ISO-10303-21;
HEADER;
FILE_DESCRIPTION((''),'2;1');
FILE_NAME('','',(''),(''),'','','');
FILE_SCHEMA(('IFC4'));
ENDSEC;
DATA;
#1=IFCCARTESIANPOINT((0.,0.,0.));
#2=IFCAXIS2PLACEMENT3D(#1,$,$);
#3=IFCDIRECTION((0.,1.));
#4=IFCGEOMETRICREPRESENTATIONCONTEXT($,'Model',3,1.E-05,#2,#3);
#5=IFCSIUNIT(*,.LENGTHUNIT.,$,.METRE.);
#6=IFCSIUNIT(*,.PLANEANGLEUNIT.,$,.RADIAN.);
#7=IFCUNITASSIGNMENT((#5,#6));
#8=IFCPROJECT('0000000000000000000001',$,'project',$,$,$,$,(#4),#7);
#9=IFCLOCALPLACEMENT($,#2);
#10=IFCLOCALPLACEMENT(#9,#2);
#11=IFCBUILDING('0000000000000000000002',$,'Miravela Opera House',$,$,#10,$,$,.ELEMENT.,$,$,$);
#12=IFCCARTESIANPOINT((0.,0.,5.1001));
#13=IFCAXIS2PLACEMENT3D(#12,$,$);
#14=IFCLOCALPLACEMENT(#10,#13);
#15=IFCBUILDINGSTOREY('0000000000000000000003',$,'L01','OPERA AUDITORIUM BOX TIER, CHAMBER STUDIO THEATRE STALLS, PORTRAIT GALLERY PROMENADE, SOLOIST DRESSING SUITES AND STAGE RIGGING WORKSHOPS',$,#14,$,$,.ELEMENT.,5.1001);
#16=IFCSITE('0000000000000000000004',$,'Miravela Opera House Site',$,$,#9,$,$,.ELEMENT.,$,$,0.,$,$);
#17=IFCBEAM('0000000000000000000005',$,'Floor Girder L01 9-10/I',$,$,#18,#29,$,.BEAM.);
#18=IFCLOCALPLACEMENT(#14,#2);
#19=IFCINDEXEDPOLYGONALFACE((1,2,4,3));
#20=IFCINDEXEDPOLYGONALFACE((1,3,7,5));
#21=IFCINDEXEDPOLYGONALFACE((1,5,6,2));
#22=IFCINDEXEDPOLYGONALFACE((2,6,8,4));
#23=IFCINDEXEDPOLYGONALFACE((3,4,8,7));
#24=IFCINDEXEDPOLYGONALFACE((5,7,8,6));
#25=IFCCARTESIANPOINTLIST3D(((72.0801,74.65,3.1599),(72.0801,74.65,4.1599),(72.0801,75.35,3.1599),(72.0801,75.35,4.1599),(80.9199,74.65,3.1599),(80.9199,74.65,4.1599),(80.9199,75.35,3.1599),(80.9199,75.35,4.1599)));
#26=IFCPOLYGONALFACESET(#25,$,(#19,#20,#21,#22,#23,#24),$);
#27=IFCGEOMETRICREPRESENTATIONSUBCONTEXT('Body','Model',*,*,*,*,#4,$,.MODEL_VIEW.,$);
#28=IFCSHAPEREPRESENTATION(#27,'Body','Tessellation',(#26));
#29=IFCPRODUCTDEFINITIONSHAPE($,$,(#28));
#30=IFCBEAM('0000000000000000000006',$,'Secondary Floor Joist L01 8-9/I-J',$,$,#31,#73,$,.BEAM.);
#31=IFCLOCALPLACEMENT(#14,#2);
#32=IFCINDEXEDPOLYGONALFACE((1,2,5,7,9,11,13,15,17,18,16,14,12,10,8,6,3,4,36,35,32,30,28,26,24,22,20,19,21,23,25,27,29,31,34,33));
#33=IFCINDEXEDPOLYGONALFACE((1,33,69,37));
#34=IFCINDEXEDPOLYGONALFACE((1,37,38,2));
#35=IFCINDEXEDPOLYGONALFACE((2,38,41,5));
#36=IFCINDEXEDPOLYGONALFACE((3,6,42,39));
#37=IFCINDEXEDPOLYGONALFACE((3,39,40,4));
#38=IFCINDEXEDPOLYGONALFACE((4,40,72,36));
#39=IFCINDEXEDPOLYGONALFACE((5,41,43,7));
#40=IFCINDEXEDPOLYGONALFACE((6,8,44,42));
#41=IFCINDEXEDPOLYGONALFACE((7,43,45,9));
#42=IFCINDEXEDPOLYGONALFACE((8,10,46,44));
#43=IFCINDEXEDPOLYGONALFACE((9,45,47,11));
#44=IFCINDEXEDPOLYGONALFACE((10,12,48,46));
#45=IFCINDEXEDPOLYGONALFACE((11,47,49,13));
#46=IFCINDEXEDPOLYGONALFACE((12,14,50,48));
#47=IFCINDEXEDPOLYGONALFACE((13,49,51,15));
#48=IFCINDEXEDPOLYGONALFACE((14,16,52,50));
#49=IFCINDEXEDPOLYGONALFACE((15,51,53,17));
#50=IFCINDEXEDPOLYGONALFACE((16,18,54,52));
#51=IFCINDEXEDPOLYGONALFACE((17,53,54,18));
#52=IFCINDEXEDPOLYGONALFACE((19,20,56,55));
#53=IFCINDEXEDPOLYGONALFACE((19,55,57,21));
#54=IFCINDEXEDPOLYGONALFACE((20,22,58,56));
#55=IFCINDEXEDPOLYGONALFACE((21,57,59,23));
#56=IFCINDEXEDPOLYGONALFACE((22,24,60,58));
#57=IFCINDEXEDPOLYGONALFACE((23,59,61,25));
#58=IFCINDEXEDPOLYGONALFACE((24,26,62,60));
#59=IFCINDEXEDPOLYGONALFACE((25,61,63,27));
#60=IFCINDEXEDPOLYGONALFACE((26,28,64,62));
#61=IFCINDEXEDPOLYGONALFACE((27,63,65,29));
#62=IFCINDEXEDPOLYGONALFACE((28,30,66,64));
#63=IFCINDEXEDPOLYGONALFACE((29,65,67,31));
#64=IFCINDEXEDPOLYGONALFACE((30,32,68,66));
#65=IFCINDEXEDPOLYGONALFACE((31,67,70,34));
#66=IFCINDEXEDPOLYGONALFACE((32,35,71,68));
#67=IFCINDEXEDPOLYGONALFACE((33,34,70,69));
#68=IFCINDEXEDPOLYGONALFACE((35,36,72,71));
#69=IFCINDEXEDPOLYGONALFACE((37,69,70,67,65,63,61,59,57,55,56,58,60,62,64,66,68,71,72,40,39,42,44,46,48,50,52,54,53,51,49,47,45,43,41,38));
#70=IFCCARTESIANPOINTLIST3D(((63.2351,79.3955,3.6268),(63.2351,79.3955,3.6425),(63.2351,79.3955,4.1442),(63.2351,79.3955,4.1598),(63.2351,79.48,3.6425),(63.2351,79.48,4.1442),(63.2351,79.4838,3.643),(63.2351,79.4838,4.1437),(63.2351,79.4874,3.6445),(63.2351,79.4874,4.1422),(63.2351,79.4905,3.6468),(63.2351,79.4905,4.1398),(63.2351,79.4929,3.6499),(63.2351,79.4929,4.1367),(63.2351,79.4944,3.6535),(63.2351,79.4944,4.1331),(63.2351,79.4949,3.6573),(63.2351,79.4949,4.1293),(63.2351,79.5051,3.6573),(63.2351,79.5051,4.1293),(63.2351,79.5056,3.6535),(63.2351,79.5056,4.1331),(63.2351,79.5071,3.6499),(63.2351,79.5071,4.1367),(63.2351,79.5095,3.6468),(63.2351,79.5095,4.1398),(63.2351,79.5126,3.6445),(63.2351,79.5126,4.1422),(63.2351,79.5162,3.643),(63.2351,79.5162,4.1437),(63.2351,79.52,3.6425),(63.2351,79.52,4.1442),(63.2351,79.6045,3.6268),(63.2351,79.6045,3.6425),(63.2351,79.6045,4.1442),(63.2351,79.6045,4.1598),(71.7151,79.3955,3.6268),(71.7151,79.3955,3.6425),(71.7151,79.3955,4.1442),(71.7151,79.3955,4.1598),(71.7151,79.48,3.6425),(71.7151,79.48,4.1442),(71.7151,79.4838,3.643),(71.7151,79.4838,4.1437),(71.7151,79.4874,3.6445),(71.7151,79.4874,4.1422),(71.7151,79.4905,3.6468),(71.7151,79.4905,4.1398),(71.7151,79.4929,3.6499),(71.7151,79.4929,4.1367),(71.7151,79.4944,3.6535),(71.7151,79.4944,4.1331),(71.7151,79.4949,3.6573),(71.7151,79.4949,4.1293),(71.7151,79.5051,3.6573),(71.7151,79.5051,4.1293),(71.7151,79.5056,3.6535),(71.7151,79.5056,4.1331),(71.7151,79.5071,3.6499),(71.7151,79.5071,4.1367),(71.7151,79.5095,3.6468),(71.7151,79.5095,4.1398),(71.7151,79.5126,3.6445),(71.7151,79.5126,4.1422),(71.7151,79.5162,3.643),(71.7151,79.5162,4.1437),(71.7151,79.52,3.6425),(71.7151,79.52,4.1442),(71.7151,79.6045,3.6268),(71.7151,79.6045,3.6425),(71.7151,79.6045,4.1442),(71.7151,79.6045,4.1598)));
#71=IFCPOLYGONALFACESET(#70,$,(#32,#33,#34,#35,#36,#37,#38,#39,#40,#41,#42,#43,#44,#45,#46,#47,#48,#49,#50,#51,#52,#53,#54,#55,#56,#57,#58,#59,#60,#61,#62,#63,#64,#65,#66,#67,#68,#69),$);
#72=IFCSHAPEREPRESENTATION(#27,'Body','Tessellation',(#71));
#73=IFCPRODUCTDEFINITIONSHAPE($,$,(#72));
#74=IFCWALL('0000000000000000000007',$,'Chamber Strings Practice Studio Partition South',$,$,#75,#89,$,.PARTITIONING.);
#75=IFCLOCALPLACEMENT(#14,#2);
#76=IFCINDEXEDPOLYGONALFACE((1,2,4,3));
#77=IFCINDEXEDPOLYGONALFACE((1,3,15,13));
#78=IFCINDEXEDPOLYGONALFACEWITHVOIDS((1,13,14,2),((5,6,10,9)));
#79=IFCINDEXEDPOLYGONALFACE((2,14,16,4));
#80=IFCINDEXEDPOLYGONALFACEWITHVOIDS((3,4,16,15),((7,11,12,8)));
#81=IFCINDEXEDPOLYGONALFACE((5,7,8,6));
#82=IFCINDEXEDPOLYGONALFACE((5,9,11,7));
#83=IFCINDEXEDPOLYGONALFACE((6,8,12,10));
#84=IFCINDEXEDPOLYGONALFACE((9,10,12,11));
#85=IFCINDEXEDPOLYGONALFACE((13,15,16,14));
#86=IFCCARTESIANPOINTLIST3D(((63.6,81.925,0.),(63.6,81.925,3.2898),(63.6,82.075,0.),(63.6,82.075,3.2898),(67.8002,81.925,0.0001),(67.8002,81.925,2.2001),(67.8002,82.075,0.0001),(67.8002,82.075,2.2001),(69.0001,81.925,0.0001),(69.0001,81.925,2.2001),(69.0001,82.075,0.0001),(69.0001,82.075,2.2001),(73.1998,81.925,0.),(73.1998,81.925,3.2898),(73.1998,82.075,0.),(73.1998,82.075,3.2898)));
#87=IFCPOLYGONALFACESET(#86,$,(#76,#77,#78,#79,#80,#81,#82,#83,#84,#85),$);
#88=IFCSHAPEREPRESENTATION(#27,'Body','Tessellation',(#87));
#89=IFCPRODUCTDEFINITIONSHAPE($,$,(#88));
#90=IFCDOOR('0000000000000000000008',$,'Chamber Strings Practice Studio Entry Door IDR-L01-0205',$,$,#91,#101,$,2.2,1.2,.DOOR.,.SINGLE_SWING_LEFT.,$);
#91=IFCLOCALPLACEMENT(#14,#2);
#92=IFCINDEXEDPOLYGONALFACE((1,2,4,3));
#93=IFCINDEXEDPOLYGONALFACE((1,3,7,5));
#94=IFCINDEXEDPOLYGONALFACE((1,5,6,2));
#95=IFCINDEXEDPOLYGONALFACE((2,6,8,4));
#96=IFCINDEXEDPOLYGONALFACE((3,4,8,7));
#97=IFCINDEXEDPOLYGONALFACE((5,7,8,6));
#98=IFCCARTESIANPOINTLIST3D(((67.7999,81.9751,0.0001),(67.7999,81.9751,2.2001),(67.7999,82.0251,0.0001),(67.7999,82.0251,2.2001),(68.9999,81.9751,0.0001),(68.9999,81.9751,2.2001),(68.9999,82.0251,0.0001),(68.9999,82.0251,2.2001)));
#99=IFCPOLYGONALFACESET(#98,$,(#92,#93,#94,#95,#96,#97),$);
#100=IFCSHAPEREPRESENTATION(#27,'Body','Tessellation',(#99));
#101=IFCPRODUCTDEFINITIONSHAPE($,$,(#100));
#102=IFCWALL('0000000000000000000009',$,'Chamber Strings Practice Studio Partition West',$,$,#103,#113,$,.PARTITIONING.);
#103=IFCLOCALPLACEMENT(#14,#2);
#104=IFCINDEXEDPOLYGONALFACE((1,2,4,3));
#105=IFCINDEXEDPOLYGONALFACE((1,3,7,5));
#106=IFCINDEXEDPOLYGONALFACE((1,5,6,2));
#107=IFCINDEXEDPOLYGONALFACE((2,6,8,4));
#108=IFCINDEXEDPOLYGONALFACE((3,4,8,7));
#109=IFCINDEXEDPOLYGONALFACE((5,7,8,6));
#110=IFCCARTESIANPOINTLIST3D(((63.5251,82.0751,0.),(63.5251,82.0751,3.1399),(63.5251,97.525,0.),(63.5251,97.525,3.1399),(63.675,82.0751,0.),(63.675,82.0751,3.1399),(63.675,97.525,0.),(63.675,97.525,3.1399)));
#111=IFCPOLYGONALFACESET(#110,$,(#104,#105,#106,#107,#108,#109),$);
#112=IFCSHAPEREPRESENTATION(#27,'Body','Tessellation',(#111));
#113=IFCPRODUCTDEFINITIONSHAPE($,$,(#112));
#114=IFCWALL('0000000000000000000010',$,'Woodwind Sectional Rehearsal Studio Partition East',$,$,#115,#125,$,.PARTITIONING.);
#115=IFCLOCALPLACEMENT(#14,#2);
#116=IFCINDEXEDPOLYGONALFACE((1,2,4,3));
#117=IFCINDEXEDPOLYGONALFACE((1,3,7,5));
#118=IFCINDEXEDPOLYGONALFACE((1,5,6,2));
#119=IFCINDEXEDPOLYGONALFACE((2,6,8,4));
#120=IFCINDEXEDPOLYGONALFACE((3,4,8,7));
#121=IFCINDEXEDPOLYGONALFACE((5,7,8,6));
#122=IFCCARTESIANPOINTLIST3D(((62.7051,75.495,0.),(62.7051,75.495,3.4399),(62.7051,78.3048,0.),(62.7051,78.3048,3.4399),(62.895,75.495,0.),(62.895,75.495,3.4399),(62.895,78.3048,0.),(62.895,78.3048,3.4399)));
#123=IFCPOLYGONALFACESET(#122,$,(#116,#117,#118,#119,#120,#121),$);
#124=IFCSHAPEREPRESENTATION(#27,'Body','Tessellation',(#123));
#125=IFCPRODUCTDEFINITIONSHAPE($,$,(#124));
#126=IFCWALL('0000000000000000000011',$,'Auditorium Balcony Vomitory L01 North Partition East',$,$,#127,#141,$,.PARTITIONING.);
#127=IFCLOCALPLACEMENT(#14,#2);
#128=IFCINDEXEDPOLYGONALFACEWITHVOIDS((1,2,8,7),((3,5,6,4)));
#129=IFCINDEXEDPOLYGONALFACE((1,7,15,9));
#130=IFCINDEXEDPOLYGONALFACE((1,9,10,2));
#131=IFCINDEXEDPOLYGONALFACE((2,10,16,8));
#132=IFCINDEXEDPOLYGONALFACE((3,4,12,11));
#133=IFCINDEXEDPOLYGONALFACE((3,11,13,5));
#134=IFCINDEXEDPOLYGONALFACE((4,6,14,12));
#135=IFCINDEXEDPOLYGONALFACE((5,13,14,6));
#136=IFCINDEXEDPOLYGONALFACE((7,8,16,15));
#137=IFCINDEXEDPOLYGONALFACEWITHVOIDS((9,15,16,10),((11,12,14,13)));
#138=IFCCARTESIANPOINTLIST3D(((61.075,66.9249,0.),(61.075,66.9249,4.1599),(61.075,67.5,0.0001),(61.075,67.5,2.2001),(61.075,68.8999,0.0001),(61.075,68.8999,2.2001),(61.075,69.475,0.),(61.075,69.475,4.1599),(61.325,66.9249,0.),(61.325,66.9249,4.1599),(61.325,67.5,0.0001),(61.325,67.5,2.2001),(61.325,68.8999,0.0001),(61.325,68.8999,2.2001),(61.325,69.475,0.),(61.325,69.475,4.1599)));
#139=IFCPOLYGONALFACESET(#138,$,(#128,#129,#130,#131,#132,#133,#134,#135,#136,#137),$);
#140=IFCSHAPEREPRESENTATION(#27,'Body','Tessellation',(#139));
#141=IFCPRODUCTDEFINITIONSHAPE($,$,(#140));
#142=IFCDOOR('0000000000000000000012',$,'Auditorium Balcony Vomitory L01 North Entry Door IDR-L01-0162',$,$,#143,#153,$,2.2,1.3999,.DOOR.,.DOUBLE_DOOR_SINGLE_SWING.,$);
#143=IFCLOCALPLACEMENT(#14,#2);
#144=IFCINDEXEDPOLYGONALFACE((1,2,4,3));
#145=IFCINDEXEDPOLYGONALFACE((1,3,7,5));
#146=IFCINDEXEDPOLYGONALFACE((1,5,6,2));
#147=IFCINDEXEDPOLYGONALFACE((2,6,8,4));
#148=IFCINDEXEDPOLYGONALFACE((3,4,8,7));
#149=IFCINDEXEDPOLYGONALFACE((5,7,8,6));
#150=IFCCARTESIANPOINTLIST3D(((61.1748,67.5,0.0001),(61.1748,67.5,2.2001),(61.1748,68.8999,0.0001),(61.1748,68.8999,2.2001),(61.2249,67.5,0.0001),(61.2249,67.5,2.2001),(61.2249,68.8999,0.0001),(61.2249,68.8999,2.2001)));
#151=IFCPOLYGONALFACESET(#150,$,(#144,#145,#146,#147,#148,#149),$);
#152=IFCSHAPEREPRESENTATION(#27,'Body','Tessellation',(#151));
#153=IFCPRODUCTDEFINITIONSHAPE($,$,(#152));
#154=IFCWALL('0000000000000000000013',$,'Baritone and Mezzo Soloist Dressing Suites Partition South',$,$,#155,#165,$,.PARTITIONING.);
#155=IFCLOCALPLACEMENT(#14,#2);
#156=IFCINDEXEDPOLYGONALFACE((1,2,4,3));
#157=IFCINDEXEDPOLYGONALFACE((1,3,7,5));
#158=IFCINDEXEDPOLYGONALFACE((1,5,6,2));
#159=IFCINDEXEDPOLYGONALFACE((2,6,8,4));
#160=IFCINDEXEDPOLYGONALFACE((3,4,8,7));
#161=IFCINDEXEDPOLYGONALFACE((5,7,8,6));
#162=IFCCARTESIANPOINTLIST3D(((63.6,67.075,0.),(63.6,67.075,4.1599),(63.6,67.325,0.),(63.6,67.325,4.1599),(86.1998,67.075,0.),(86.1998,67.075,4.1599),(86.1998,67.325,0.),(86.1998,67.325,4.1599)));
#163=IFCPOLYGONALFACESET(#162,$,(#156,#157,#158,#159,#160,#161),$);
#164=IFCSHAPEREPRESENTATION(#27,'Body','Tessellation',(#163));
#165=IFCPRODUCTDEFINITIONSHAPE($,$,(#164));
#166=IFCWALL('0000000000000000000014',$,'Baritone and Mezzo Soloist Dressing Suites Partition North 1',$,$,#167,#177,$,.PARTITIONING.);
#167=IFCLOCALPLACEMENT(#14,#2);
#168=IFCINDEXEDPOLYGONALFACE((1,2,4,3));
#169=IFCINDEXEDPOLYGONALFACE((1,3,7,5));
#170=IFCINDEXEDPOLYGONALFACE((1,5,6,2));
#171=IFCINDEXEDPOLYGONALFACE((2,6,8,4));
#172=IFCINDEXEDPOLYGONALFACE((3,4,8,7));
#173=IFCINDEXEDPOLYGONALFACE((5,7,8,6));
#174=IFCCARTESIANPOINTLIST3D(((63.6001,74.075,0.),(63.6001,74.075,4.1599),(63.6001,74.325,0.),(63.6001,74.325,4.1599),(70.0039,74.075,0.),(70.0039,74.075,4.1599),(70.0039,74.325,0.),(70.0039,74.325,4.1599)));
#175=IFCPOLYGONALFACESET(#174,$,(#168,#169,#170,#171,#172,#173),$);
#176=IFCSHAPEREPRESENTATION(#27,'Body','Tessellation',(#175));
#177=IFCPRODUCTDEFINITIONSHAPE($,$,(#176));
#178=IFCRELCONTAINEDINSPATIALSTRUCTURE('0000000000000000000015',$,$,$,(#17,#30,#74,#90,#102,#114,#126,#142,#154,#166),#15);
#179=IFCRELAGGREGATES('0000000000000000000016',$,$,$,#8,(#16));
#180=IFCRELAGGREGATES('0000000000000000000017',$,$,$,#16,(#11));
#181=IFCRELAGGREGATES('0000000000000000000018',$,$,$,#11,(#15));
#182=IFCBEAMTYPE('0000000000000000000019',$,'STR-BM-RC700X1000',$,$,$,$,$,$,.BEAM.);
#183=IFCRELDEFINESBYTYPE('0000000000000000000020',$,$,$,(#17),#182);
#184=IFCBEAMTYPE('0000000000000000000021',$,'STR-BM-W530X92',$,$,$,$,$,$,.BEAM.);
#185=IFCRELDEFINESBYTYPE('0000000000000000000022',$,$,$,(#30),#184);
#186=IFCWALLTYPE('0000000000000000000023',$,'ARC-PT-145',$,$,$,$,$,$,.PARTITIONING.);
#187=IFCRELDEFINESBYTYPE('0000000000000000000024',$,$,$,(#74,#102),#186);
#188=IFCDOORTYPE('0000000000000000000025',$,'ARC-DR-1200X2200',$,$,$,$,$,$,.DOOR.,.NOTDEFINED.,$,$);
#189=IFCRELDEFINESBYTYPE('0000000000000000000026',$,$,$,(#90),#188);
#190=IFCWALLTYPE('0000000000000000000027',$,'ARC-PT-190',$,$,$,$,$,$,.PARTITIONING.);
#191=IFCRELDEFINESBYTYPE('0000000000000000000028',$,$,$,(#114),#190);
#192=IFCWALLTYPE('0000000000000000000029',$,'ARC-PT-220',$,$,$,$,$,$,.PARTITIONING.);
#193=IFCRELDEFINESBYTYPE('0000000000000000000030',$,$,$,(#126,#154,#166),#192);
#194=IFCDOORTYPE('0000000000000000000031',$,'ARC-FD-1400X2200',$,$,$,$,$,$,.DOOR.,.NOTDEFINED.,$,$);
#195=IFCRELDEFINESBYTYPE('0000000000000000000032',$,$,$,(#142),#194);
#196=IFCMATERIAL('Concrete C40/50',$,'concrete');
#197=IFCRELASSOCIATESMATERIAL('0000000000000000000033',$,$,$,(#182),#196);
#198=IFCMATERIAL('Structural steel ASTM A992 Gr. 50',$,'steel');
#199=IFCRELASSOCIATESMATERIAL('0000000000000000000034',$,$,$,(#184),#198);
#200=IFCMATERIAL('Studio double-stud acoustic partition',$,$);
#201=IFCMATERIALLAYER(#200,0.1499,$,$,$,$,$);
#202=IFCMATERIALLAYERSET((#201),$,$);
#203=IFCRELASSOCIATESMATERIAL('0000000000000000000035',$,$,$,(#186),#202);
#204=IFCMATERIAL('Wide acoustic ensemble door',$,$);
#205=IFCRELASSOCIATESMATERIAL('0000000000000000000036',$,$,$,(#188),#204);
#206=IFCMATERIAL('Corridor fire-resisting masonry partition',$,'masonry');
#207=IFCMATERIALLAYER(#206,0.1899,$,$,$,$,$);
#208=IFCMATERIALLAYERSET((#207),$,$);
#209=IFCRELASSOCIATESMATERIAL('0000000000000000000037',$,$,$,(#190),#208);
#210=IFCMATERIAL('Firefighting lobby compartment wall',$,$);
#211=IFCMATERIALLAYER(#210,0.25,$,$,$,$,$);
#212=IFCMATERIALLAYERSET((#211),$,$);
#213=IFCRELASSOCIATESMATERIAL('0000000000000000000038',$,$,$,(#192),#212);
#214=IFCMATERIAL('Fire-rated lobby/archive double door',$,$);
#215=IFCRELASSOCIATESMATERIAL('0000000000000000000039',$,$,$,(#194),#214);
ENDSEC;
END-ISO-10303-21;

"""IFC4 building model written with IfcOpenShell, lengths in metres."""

from ifc_helpers import new_model, si_unit, direction, frame, frame_2d, origin, origin_2d, place, context, subcontext, project, spatial, rectangle, i_section, extrude, material, layer, layer_set, material_profile, profile_set, type_object, element, fill, save


model = new_model("IFC4")

# Units and contexts
model_context = context("Model", 3, precision=1e-05, world=origin(), true_north=direction((0.0, 1.0)))
body_context = subcontext(model_context, "Body", "Model", "MODEL_VIEW")
ifc_project = project(units=[si_unit("LENGTHUNIT", "METRE"), si_unit("PLANEANGLEUNIT", "RADIAN")], contexts=[model_context])

# Site, building, storey
site_placement = place(None, origin())
site = spatial("IfcSite", under=ifc_project, at=site_placement, Name="Miravela Opera House Site", CompositionType="ELEMENT", RefElevation=0.0)
building_placement = place(site_placement, origin())
building = spatial("IfcBuilding", under=site, at=building_placement, Name="Miravela Opera House", CompositionType="ELEMENT")
storey_placement = place(building_placement, frame((0.0, 0.0, 5.1001)))
storey = spatial("IfcBuildingStorey", under=building, at=storey_placement, Name="L01", Description="OPERA AUDITORIUM BOX TIER, CHAMBER STUDIO THEATRE STALLS, PORTRAIT GALLERY PROMENADE, SOLOIST DRESSING SUITES AND STAGE RIGGING WORKSHOPS", CompositionType="ELEMENT", Elevation=5.1001)

# Shared definitions
ifc_material_1 = material(Name="Concrete C40/50", Category="concrete")

# Beams
ifc_material_profile_1 = material_profile(ifc_material_1, rectangle(XDim=0.7, YDim=1.0, at=origin_2d()), Name="RC-BM-700X1000")
ifc_profile_set_1 = profile_set([ifc_material_profile_1])
beam_type_1 = type_object("IfcBeamType", Name="STR-BM-RC700X1000", PredefinedType="BEAM", material=ifc_profile_set_1)
beam_1_placement = place(storey_placement, frame((72.0801, 75.0, 3.6599), z_axis=(1.0, 0.0, 0.0), x_axis=(0.0, 1.0, 0.0)))
element("IfcBeam", 1, at=beam_1_placement, inside=storey, type_object=beam_type_1, Name="Floor Girder L01 9-10/I", PredefinedType="BEAM", context=body_context, shape_type="SweptSolid", body=[
    extrude(rectangle(XDim=0.7, YDim=1.0, at=origin_2d()), origin(), (0.0, 0.0, 1.0), 8.8398),
])
ifc_material_2 = material(Name="Structural steel ASTM A992 Gr. 50", Category="steel")
ifc_material_profile_2 = material_profile(ifc_material_2, i_section(OverallWidth=0.209, OverallDepth=0.533, WebThickness=0.0103, FlangeThickness=0.0156, FilletRadius=0.0149, at=origin_2d()), Name="W530X92")
ifc_profile_set_2 = profile_set([ifc_material_profile_2])
beam_type_2 = type_object("IfcBeamType", Name="STR-BM-W530X92", PredefinedType="BEAM", material=ifc_profile_set_2)
beam_2_placement = place(storey_placement, frame((63.2351, 79.5, 3.8933), z_axis=(1.0, 0.0, 0.0), x_axis=(0.0, 1.0, 0.0)))
element("IfcBeam", 2, at=beam_2_placement, inside=storey, type_object=beam_type_2, Name="Secondary Floor Joist L01 8-9/I-J", PredefinedType="BEAM", context=body_context, shape_type="SweptSolid", body=[
    extrude(i_section(OverallWidth=0.209, OverallDepth=0.533, WebThickness=0.0103, FlangeThickness=0.0156, FilletRadius=0.0149, at=origin_2d()), origin(), (0.0, 0.0, 1.0), 8.48),
])

# Wall, opening, door
ifc_material_3 = material(Name="Studio double-stud acoustic partition")
ifc_layer_1 = layer(ifc_material_3, 0.1499)
ifc_layer_set_1 = layer_set([ifc_layer_1])
wall_type_1 = type_object("IfcWallType", Name="ARC-PT-145", PredefinedType="PARTITIONING", material=ifc_layer_set_1)
wall_1_placement = place(storey_placement, frame((63.6001, 82.0, 0.0), z_axis=(0.0, 0.0, 1.0), x_axis=(1.0, 0.0, 0.0)))
wall_1 = element("IfcWall", 3, at=wall_1_placement, inside=storey, type_object=wall_type_1, Name="Chamber Strings Practice Studio Partition South", PredefinedType="PARTITIONING", context=body_context, shape_type="SweptSolid", body=[
    extrude(rectangle(XDim=9.5999, YDim=0.1499, at=frame_2d((4.7998, 0.0))), origin(), (0.0, 0.0, 1.0), 3.2898),
])
opening_1_placement = place(wall_1_placement, frame((4.2, 0.0, 0.0)))
opening_1 = element("IfcOpeningElement", 4, at=opening_1_placement, cuts=wall_1, PredefinedType="OPENING", context=body_context, shape_type="SweptSolid", body=[
    extrude(rectangle(XDim=1.2, YDim=2.2, at=frame_2d((0.6001, 1.1001))), frame((0.0, 0.085, 0.0), z_axis=(0.0, -1.0, 0.0), x_axis=(1.0, 0.0, 0.0)), (0.0, 0.0, 1.0), 0.1699),
])
ifc_material_4 = material(Name="Wide acoustic ensemble door")
door_type_1 = type_object("IfcDoorType", Name="ARC-DR-1200X2200", OperationType="NOTDEFINED", PredefinedType="DOOR", material=ifc_material_4)
door_1_placement = place(opening_1_placement, frame((1.2, 0.0, 0.0), z_axis=(0.0, 0.0, 1.0), x_axis=(-1.0, 0.0, 0.0)))
door_1 = element("IfcDoor", 5, at=door_1_placement, inside=storey, type_object=door_type_1, Name="Chamber Strings Practice Studio Entry Door IDR-L01-0205", OperationType="SINGLE_SWING_LEFT", OverallHeight=2.2, OverallWidth=1.2, PredefinedType="DOOR", context=body_context, shape_type="SweptSolid", body=[
    extrude(rectangle(XDim=1.2, YDim=2.2, at=frame_2d((0.6001, 1.1001))), frame((0.0, 0.0249, 0.0), z_axis=(0.0, -1.0, 0.0), x_axis=(1.0, 0.0, 0.0)), (0.0, 0.0, 1.0), 0.05),
])
fill(opening_1, door_1)

# Walls
wall_2_placement = place(storey_placement, frame((63.6001, 82.075, 0.0), z_axis=(0.0, 0.0, 1.0), x_axis=(0.0, 1.0, 0.0)))
element("IfcWall", 6, at=wall_2_placement, inside=storey, type_object=wall_type_1, Name="Chamber Strings Practice Studio Partition West", PredefinedType="PARTITIONING", context=body_context, shape_type="SweptSolid", body=[
    extrude(rectangle(XDim=15.45, YDim=0.1499, at=frame_2d((7.7251, 0.0))), origin(), (0.0, 0.0, 1.0), 3.1399),
])
ifc_material_5 = material(Name="Corridor fire-resisting masonry partition", Category="masonry")
ifc_layer_2 = layer(ifc_material_5, 0.1899)
ifc_layer_set_2 = layer_set([ifc_layer_2])
wall_type_2 = type_object("IfcWallType", Name="ARC-PT-190", PredefinedType="PARTITIONING", material=ifc_layer_set_2)
wall_3_placement = place(storey_placement, frame((62.8, 75.4951, 0.0), z_axis=(0.0, 0.0, 1.0), x_axis=(0.0, 1.0, 0.0)))
element("IfcWall", 7, at=wall_3_placement, inside=storey, type_object=wall_type_2, Name="Woodwind Sectional Rehearsal Studio Partition East", PredefinedType="PARTITIONING", context=body_context, shape_type="SweptSolid", body=[
    extrude(rectangle(XDim=2.8098, YDim=0.1899, at=frame_2d((1.4048, 0.0))), origin(), (0.0, 0.0, 1.0), 3.4399),
])

# Wall, opening, door
ifc_material_6 = material(Name="Firefighting lobby compartment wall")
ifc_layer_3 = layer(ifc_material_6, 0.25)
ifc_layer_set_3 = layer_set([ifc_layer_3])
wall_type_3 = type_object("IfcWallType", Name="ARC-PT-220", PredefinedType="PARTITIONING", material=ifc_layer_set_3)
wall_4_placement = place(storey_placement, frame((61.2, 66.925, 0.0), z_axis=(0.0, 0.0, 1.0), x_axis=(0.0, 1.0, 0.0)))
wall_4 = element("IfcWall", 8, at=wall_4_placement, inside=storey, type_object=wall_type_3, Name="Auditorium Balcony Vomitory L01 North Partition East", PredefinedType="PARTITIONING", context=body_context, shape_type="SweptSolid", body=[
    extrude(rectangle(XDim=2.55, YDim=0.25, at=frame_2d((1.2749, 0.0))), origin(), (0.0, 0.0, 1.0), 4.1599),
])
opening_2_placement = place(wall_4_placement, frame((0.575, 0.0, 0.0)))
opening_2 = element("IfcOpeningElement", 9, at=opening_2_placement, cuts=wall_4, PredefinedType="OPENING", context=body_context, shape_type="SweptSolid", body=[
    extrude(rectangle(XDim=1.3999, YDim=2.2, at=frame_2d((0.7, 1.1001))), frame((0.0, 0.135, 0.0), z_axis=(0.0, -1.0, 0.0), x_axis=(1.0, 0.0, 0.0)), (0.0, 0.0, 1.0), 0.27),
])
ifc_material_7 = material(Name="Fire-rated lobby/archive double door")
door_type_2 = type_object("IfcDoorType", Name="ARC-FD-1400X2200", OperationType="NOTDEFINED", PredefinedType="DOOR", material=ifc_material_7)
door_2_placement = place(opening_2_placement, frame((1.3999, 0.0, 0.0), z_axis=(0.0, 0.0, 1.0), x_axis=(-1.0, 0.0, 0.0)))
door_2 = element("IfcDoor", 10, at=door_2_placement, inside=storey, type_object=door_type_2, Name="Auditorium Balcony Vomitory L01 North Entry Door IDR-L01-0162", OperationType="DOUBLE_DOOR_SINGLE_SWING", OverallHeight=2.2, OverallWidth=1.3999, PredefinedType="DOOR", context=body_context, shape_type="SweptSolid", body=[
    extrude(rectangle(XDim=1.3999, YDim=2.2, at=frame_2d((0.7, 1.1001))), frame((0.0, 0.0249, 0.0), z_axis=(0.0, -1.0, 0.0), x_axis=(1.0, 0.0, 0.0)), (0.0, 0.0, 1.0), 0.05),
])
fill(opening_2, door_2)

# Walls
wall_5_placement = place(storey_placement, frame((63.6001, 67.2, 0.0), z_axis=(0.0, 0.0, 1.0), x_axis=(1.0, 0.0, 0.0)))
element("IfcWall", 11, at=wall_5_placement, inside=storey, type_object=wall_type_3, Name="Baritone and Mezzo Soloist Dressing Suites Partition South", PredefinedType="PARTITIONING", context=body_context, shape_type="SweptSolid", body=[
    extrude(rectangle(XDim=22.5999, YDim=0.25, at=frame_2d((11.2998, 0.0))), origin(), (0.0, 0.0, 1.0), 4.1599),
])
wall_6_placement = place(storey_placement, frame((63.6001, 74.2, 0.0), z_axis=(0.0, 0.0, 1.0), x_axis=(1.0, 0.0, 0.0)))
element("IfcWall", 12, at=wall_6_placement, inside=storey, type_object=wall_type_3, Name="Baritone and Mezzo Soloist Dressing Suites Partition North 1", PredefinedType="PARTITIONING", context=body_context, shape_type="SweptSolid", body=[
    extrude(rectangle(XDim=6.4038, YDim=0.25, at=frame_2d((3.2019, 0.0))), origin(), (0.0, 0.0, 1.0), 4.1599),
])

save(model, "model.ifc")
